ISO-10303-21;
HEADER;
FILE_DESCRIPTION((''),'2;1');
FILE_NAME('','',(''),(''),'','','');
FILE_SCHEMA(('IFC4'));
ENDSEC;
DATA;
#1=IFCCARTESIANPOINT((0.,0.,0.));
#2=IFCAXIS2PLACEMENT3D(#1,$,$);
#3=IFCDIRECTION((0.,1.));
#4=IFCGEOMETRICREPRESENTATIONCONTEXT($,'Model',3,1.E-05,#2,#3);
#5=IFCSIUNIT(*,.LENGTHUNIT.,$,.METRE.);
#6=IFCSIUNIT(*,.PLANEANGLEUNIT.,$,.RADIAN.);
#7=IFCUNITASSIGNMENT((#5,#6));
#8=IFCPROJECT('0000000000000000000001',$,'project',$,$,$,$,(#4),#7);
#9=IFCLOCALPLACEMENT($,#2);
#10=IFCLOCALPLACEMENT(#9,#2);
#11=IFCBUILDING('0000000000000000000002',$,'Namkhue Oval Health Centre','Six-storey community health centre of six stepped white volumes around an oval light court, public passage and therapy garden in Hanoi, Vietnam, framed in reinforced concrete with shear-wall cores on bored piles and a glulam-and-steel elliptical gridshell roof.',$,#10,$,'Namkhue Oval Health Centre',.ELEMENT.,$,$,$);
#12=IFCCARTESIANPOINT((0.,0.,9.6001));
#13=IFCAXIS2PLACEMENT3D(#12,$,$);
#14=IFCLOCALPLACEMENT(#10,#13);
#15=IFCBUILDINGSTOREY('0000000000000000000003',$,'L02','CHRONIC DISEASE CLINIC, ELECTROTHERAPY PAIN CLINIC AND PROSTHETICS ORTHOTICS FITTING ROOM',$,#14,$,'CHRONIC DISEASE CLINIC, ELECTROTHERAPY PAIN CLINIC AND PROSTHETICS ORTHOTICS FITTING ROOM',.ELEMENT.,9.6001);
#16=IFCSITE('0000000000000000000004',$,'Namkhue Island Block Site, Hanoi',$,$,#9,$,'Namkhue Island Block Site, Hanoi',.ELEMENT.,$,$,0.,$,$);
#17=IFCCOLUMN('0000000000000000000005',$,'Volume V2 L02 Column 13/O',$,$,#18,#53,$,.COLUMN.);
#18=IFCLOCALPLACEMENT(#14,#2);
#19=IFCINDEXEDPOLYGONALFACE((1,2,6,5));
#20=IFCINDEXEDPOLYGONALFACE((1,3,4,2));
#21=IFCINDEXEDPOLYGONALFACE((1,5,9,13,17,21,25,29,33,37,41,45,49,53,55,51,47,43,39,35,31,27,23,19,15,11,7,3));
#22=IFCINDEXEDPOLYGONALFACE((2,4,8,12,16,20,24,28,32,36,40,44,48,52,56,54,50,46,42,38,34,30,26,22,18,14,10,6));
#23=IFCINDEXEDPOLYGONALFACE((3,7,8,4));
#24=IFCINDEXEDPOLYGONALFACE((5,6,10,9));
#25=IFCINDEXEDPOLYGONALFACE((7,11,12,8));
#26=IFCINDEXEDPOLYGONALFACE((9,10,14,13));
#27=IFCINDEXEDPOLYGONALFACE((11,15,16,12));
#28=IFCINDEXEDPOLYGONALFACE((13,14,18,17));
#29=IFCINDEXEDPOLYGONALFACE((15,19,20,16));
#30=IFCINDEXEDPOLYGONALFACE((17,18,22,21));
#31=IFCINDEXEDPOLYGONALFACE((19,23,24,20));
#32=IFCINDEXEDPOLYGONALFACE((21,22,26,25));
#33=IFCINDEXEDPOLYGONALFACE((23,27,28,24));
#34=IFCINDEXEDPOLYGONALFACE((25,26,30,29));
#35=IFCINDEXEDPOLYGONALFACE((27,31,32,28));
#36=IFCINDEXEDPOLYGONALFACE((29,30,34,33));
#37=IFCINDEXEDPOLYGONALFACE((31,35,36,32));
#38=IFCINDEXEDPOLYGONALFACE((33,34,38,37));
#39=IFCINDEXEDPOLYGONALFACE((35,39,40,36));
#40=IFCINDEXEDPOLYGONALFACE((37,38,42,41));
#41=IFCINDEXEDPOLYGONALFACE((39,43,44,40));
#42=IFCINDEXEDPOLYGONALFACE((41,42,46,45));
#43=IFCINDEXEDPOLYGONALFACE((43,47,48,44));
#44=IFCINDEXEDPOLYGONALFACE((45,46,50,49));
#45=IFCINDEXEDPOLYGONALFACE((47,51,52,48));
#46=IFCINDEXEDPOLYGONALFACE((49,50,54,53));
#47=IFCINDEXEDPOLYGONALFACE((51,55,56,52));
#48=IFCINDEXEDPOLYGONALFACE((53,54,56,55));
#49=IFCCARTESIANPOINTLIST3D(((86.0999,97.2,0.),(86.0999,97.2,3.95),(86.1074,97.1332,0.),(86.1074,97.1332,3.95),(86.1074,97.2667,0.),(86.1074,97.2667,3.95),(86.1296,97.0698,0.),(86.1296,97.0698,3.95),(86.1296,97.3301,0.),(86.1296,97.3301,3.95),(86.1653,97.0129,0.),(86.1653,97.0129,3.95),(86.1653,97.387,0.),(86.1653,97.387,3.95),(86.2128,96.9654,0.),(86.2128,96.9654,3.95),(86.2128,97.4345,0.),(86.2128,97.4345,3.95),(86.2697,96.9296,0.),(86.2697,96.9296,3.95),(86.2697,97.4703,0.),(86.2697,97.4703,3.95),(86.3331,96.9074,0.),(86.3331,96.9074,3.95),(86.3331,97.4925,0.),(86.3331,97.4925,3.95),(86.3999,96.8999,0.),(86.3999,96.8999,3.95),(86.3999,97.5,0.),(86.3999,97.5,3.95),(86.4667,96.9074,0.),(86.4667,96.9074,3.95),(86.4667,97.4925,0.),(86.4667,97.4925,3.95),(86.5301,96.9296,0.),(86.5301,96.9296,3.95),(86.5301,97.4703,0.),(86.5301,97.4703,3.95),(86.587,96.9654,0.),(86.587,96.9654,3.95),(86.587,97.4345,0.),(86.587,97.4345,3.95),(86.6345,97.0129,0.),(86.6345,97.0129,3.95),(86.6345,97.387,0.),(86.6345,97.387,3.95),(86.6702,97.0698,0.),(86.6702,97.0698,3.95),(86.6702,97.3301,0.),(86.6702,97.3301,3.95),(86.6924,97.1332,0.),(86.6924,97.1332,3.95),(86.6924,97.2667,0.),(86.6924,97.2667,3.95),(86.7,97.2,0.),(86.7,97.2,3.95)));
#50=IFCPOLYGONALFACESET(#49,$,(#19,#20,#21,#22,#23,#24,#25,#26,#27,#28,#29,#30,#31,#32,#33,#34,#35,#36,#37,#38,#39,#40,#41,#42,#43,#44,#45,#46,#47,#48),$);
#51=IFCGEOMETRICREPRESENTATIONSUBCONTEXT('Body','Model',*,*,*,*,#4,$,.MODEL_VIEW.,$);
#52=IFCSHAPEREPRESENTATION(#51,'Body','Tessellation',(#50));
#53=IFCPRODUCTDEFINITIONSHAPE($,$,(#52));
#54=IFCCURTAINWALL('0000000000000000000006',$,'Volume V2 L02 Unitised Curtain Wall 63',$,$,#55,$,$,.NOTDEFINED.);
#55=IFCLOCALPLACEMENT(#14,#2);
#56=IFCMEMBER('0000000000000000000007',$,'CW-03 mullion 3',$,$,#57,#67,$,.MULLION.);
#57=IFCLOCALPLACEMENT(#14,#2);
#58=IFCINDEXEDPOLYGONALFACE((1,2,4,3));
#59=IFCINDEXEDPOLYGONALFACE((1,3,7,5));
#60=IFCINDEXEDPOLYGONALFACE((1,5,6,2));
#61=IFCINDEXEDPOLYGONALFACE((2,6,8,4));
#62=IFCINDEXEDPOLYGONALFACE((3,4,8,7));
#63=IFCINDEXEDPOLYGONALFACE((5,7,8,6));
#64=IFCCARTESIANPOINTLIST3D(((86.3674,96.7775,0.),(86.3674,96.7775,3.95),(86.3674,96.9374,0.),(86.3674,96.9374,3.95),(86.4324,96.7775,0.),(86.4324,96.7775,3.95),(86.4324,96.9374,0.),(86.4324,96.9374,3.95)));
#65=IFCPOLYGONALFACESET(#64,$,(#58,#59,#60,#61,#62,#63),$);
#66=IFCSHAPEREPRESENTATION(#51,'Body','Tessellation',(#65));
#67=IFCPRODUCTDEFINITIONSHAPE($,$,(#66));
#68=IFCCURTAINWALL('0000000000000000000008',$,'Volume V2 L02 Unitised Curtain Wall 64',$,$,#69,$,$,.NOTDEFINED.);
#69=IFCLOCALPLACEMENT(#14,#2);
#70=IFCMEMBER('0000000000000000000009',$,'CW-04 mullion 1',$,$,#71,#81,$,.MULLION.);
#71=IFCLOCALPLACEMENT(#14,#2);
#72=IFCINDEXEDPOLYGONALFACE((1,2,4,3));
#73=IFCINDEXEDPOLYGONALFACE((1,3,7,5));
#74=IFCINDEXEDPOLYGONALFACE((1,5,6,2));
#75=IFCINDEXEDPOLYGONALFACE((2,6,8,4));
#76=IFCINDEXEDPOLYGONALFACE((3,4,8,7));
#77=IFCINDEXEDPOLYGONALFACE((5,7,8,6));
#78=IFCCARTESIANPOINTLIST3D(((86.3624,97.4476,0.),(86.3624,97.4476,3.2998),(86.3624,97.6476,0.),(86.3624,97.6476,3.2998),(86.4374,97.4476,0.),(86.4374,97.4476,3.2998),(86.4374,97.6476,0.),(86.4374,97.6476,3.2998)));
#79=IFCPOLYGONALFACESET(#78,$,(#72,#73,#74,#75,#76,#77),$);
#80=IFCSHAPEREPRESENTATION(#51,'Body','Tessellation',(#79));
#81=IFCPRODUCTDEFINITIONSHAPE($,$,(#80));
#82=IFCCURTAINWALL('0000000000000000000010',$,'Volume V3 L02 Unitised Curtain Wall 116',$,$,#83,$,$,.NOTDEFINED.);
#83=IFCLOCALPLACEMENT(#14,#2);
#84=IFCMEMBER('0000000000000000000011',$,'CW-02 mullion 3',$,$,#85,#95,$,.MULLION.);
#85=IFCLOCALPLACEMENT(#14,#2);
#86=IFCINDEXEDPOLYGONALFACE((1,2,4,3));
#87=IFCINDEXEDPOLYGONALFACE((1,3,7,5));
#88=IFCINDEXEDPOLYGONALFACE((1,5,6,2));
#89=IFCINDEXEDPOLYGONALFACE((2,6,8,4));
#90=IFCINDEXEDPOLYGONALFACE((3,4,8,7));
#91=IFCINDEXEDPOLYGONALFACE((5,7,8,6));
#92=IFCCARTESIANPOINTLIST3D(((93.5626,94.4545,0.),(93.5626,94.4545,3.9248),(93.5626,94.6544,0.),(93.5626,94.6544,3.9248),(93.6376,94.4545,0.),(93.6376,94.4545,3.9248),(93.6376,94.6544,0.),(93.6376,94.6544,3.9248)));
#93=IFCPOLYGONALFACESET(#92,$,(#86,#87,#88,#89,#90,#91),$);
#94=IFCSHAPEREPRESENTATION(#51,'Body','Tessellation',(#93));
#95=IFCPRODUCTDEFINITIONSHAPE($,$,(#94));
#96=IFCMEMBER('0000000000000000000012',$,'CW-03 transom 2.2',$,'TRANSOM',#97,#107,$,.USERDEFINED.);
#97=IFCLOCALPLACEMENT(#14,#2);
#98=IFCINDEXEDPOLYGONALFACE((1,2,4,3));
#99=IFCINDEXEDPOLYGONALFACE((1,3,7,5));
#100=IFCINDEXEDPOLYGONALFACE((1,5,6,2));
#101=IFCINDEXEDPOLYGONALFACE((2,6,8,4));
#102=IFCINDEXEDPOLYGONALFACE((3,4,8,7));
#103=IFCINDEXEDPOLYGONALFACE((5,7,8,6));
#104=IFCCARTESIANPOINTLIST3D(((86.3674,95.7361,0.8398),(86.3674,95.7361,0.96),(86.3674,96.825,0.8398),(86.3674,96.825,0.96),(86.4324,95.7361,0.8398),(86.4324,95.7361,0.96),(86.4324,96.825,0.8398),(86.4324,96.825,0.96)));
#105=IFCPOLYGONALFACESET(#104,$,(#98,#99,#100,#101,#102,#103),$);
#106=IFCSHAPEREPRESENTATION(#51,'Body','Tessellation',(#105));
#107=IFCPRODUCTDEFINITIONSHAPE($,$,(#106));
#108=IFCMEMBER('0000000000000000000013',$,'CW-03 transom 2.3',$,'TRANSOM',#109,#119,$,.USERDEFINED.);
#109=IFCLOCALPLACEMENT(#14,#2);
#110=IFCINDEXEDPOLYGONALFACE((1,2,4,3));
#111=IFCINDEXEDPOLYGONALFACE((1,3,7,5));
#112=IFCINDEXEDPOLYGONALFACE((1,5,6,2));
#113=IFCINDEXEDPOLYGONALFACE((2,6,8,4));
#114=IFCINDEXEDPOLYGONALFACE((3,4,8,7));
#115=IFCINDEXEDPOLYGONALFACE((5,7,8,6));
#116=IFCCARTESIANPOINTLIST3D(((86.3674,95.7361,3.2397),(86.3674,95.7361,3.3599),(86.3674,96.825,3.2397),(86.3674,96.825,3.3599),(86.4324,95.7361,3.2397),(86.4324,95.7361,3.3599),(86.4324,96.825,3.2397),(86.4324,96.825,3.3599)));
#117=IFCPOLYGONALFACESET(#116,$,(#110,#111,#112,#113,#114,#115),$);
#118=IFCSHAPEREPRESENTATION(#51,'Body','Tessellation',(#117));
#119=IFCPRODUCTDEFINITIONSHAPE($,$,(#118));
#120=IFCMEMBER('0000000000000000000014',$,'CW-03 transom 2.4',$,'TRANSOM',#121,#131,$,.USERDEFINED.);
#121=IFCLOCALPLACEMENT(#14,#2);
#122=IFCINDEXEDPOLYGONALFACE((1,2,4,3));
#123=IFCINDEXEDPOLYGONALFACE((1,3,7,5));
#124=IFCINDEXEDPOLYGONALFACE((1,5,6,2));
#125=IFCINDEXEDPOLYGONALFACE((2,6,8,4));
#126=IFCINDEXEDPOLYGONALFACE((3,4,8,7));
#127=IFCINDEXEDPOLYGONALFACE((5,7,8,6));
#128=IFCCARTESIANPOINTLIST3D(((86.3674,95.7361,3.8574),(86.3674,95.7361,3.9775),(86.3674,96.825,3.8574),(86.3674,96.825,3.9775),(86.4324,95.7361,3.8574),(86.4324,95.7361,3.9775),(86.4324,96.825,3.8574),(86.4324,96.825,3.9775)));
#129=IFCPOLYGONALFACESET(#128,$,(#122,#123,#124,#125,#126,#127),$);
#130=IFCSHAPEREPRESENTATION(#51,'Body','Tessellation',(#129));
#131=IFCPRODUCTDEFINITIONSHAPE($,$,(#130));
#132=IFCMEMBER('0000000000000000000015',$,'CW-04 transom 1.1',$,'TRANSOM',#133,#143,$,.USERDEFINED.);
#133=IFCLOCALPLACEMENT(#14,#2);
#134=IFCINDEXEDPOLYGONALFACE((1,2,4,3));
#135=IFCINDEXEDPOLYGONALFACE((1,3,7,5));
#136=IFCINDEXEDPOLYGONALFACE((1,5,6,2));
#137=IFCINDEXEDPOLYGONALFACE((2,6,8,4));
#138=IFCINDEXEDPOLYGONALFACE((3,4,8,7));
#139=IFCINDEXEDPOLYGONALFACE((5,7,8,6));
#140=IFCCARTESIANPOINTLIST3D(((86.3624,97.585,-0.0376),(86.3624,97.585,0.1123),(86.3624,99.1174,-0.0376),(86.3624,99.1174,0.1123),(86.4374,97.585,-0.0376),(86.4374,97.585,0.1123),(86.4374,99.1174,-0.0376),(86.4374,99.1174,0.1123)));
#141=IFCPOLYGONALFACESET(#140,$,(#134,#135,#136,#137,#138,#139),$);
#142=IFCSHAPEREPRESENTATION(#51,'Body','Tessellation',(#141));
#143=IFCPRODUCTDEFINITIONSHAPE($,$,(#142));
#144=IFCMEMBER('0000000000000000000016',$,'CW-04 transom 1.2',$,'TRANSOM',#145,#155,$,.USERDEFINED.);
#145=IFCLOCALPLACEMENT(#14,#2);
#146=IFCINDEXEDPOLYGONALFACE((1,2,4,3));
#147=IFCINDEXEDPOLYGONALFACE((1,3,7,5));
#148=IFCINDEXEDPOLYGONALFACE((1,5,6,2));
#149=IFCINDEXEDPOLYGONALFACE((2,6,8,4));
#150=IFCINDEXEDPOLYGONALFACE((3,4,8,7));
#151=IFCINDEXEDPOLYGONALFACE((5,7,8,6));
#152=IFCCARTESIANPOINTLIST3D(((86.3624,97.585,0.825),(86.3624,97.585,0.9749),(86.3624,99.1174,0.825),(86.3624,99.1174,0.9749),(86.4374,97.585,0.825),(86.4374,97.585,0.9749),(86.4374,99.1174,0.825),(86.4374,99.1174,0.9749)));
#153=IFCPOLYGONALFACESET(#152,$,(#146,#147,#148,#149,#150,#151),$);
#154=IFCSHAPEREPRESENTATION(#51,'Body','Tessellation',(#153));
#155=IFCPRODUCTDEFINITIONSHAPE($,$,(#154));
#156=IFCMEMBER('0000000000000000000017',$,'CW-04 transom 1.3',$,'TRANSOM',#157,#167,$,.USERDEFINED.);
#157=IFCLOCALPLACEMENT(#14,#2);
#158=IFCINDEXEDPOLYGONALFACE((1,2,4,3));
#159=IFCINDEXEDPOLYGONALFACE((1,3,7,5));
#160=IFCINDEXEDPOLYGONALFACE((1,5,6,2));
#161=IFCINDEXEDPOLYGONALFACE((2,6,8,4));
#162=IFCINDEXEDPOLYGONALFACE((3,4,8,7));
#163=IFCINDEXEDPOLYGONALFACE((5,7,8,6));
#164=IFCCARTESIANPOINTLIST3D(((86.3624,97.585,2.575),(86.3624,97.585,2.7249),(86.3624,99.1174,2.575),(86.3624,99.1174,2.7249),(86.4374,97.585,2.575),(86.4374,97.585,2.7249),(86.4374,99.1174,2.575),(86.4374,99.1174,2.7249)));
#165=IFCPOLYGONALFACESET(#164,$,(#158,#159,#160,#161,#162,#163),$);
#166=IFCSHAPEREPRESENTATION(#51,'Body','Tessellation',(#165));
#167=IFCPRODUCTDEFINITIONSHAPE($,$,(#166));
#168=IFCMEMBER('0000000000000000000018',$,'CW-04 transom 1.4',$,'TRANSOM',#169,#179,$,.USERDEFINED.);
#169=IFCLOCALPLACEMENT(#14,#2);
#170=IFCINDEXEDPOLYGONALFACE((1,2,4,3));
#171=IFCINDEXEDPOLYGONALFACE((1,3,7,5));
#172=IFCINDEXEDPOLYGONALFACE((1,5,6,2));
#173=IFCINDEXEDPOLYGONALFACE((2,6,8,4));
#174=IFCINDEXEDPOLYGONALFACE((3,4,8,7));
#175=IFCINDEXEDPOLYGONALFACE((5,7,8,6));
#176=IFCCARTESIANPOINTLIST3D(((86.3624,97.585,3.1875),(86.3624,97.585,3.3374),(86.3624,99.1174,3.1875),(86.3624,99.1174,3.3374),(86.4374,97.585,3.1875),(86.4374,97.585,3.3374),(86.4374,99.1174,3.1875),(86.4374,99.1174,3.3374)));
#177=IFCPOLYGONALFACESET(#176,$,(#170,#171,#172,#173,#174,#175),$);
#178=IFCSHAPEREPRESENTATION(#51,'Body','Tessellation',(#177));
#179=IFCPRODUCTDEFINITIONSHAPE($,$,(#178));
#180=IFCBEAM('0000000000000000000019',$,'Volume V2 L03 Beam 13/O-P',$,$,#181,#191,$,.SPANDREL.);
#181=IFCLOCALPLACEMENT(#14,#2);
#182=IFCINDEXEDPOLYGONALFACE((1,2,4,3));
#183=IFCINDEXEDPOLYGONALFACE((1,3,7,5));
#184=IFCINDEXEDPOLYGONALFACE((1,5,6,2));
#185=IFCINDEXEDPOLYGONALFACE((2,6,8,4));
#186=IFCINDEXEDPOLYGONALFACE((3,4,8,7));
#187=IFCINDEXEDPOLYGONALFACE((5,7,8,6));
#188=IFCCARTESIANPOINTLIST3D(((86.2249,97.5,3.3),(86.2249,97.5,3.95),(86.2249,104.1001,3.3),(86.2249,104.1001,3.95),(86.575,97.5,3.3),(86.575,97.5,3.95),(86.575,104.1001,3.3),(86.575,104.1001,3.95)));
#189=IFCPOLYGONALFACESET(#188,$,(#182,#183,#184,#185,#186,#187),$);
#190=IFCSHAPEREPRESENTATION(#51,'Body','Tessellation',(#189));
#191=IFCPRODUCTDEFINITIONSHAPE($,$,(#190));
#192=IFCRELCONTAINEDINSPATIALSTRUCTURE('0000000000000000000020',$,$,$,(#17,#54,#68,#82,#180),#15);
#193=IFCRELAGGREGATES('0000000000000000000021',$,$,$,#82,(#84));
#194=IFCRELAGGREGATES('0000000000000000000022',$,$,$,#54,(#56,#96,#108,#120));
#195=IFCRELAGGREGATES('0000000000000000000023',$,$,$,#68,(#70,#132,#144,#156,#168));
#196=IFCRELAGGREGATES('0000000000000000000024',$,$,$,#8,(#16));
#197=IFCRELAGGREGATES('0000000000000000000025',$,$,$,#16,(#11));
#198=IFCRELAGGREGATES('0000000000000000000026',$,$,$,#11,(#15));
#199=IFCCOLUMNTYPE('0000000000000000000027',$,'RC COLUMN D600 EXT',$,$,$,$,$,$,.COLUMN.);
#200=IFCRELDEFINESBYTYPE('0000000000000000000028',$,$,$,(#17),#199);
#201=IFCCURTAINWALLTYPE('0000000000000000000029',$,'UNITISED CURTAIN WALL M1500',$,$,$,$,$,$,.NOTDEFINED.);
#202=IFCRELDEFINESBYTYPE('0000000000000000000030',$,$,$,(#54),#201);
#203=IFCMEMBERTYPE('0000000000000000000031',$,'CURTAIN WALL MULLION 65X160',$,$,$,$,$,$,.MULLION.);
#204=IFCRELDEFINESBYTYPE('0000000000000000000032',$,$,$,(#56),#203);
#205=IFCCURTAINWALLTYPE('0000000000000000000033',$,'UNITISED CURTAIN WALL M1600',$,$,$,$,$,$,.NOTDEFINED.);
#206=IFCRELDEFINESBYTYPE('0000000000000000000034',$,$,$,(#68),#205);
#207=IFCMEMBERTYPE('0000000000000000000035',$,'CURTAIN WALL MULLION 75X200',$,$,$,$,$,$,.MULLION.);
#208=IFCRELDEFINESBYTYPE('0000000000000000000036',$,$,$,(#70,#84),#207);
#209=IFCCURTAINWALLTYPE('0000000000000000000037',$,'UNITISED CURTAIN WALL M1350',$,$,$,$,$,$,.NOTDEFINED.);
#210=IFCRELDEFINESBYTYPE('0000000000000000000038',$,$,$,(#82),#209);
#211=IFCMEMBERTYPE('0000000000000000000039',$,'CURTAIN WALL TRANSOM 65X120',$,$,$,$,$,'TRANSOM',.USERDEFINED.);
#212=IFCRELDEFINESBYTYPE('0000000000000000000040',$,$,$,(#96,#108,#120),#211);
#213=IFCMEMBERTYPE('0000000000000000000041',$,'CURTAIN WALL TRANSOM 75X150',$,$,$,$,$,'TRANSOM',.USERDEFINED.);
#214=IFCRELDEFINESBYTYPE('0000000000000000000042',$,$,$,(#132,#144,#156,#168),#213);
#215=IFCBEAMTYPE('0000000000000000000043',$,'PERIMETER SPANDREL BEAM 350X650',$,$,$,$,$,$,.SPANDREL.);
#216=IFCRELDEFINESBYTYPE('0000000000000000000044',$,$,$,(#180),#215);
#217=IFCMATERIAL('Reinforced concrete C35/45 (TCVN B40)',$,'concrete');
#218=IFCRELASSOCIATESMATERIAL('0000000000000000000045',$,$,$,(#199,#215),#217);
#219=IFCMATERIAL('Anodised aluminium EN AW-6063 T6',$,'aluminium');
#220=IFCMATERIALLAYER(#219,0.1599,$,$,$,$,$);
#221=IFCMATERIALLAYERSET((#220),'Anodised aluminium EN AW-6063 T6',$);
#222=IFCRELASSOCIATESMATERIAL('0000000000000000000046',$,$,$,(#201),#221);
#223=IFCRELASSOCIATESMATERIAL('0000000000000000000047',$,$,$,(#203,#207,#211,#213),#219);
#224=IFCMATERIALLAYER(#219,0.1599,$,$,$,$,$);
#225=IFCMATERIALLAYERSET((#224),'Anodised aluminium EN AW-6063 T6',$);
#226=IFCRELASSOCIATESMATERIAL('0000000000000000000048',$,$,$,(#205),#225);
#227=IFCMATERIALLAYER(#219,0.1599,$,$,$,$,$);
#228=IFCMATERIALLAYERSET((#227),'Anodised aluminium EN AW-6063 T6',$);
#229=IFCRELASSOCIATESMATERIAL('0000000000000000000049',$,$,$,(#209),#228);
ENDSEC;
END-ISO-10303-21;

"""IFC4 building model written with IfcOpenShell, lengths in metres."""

from ifc_helpers import new_model, si_unit, direction, frame, origin, origin_2d, place, context, subcontext, project, spatial, rectangle, circle, extrude, material, layer, layer_set, material_profile, profile_set, type_object, element, aggregate, save


model = new_model("IFC4")

# Units and contexts
model_context = context("Model", 3, precision=1e-05, world=origin(), true_north=direction((0.0, 1.0)))
body_context = subcontext(model_context, "Body", "Model", "MODEL_VIEW")
ifc_project = project(units=[si_unit("LENGTHUNIT", "METRE"), si_unit("PLANEANGLEUNIT", "RADIAN")], contexts=[model_context])

# Site, building, storey
site_placement = place(None, origin())
site = spatial("IfcSite", under=ifc_project, at=site_placement, Name="Namkhue Island Block Site, Hanoi", LongName="Namkhue Island Block Site, Hanoi", CompositionType="ELEMENT", RefElevation=0.0)
building_placement = place(site_placement, origin())
building = spatial("IfcBuilding", under=site, at=building_placement, Name="Namkhue Oval Health Centre", Description="Six-storey community health centre of six stepped white volumes around an oval light court, public passage and therapy garden in Hanoi, Vietnam, framed in reinforced concrete with shear-wall cores on bored piles and a glulam-and-steel elliptical gridshell roof.", LongName="Namkhue Oval Health Centre", CompositionType="ELEMENT")
storey_placement = place(building_placement, frame((0.0, 0.0, 9.6001)))
storey = spatial("IfcBuildingStorey", under=building, at=storey_placement, Name="L02", Description="CHRONIC DISEASE CLINIC, ELECTROTHERAPY PAIN CLINIC AND PROSTHETICS ORTHOTICS FITTING ROOM", LongName="CHRONIC DISEASE CLINIC, ELECTROTHERAPY PAIN CLINIC AND PROSTHETICS ORTHOTICS FITTING ROOM", CompositionType="ELEMENT", Elevation=9.6001)

# Column
ifc_material_1 = material(Name="Reinforced concrete C35/45 (TCVN B40)", Category="concrete")
ifc_material_profile_1 = material_profile(ifc_material_1, circle(Radius=0.3, at=origin_2d()), Name="RC D600")
ifc_profile_set_1 = profile_set([ifc_material_profile_1], Name="Reinforced concrete C35/45 (TCVN B40)")
column_type = type_object("IfcColumnType", Name="RC COLUMN D600 EXT", PredefinedType="COLUMN", material=ifc_profile_set_1)
column_placement = place(storey_placement, frame((86.3999, 97.2, 0.0), z_axis=(0.0, 0.0, 1.0), x_axis=(1.0, 0.0, 0.0)))
element("IfcColumn", 1, at=column_placement, inside=storey, type_object=column_type, Name="Volume V2 L02 Column 13/O", PredefinedType="COLUMN", context=body_context, shape_type="SweptSolid", body=[
    extrude(circle(Radius=0.3, at=origin_2d()), origin(), (0.0, 0.0, 1.0), 3.95),
])

# Curtain walls, members
ifc_material_2 = material(Name="Anodised aluminium EN AW-6063 T6", Category="aluminium")
ifc_layer_1 = layer(ifc_material_2, 0.1599)
ifc_layer_set_1 = layer_set([ifc_layer_1], Name="Anodised aluminium EN AW-6063 T6")
curtain_wall_type_1 = type_object("IfcCurtainWallType", Name="UNITISED CURTAIN WALL M1500", PredefinedType="NOTDEFINED", material=ifc_layer_set_1)
curtain_wall_1_placement = place(storey_placement, origin())
curtain_wall_1 = element("IfcCurtainWall", 2, at=curtain_wall_1_placement, inside=storey, type_object=curtain_wall_type_1, Name="Volume V2 L02 Unitised Curtain Wall 63", PredefinedType="NOTDEFINED")
ifc_material_profile_2 = material_profile(ifc_material_2, rectangle(XDim=0.0649, YDim=0.1599, at=origin_2d()), Name="ALU 65x160")
ifc_profile_set_2 = profile_set([ifc_material_profile_2], Name="Anodised aluminium EN AW-6063 T6")
member_type_1 = type_object("IfcMemberType", Name="CURTAIN WALL MULLION 65X160", PredefinedType="MULLION", material=ifc_profile_set_2)
member_1_placement = place(storey_placement, frame((86.3999, 96.8574, 0.0), z_axis=(0.0, 0.0, 1.0), x_axis=(-1.0, 0.0, 0.0)))
member_1 = element("IfcMember", 3, at=member_1_placement, type_object=member_type_1, Name="CW-03 mullion 3", PredefinedType="MULLION", context=body_context, shape_type="SweptSolid", body=[
    extrude(rectangle(XDim=0.0649, YDim=0.1599, at=origin_2d()), origin(), (0.0, 0.0, 1.0), 3.95),
])
ifc_layer_2 = layer(ifc_material_2, 0.1599)
ifc_layer_set_2 = layer_set([ifc_layer_2], Name="Anodised aluminium EN AW-6063 T6")
curtain_wall_type_2 = type_object("IfcCurtainWallType", Name="UNITISED CURTAIN WALL M1600", PredefinedType="NOTDEFINED", material=ifc_layer_set_2)
curtain_wall_2_placement = place(storey_placement, origin())
curtain_wall_2 = element("IfcCurtainWall", 4, at=curtain_wall_2_placement, inside=storey, type_object=curtain_wall_type_2, Name="Volume V2 L02 Unitised Curtain Wall 64", PredefinedType="NOTDEFINED")
ifc_material_profile_3 = material_profile(ifc_material_2, rectangle(XDim=0.075, YDim=0.2, at=origin_2d()), Name="ALU 75x200")
ifc_profile_set_3 = profile_set([ifc_material_profile_3], Name="Anodised aluminium EN AW-6063 T6")
member_type_2 = type_object("IfcMemberType", Name="CURTAIN WALL MULLION 75X200", PredefinedType="MULLION", material=ifc_profile_set_3)
member_2_placement = place(storey_placement, frame((86.3999, 97.5476, 0.0), z_axis=(0.0, 0.0, 1.0), x_axis=(-1.0, 0.0, 0.0)))
member_2 = element("IfcMember", 5, at=member_2_placement, type_object=member_type_2, Name="CW-04 mullion 1", PredefinedType="MULLION", context=body_context, shape_type="SweptSolid", body=[
    extrude(rectangle(XDim=0.075, YDim=0.2, at=origin_2d()), origin(), (0.0, 0.0, 1.0), 3.2998),
])
ifc_layer_3 = layer(ifc_material_2, 0.1599)
ifc_layer_set_3 = layer_set([ifc_layer_3], Name="Anodised aluminium EN AW-6063 T6")
curtain_wall_type_3 = type_object("IfcCurtainWallType", Name="UNITISED CURTAIN WALL M1350", PredefinedType="NOTDEFINED", material=ifc_layer_set_3)
curtain_wall_3_placement = place(storey_placement, origin())
curtain_wall_3 = element("IfcCurtainWall", 6, at=curtain_wall_3_placement, inside=storey, type_object=curtain_wall_type_3, Name="Volume V3 L02 Unitised Curtain Wall 116", PredefinedType="NOTDEFINED")
member_3_placement = place(storey_placement, frame((93.6001, 94.5544, 0.0), z_axis=(0.0, 0.0, 1.0), x_axis=(1.0, 0.0, 0.0)))
member_3 = element("IfcMember", 7, at=member_3_placement, type_object=member_type_2, Name="CW-02 mullion 3", PredefinedType="MULLION", context=body_context, shape_type="SweptSolid", body=[
    extrude(rectangle(XDim=0.075, YDim=0.2, at=origin_2d()), origin(), (0.0, 0.0, 1.0), 3.9248),
])
aggregate(curtain_wall_3, [member_3])

# Members
ifc_material_profile_4 = material_profile(ifc_material_2, rectangle(XDim=0.0649, YDim=0.1201, at=origin_2d()), Name="ALU 65x120")
ifc_profile_set_4 = profile_set([ifc_material_profile_4], Name="Anodised aluminium EN AW-6063 T6")
member_type_3 = type_object("IfcMemberType", Name="CURTAIN WALL TRANSOM 65X120", ElementType="TRANSOM", PredefinedType="USERDEFINED", material=ifc_profile_set_4)
member_4_placement = place(storey_placement, frame((86.3999, 95.7361, 0.8999), z_axis=(0.0, 1.0, 0.0), x_axis=(-1.0, 0.0, 0.0)))
member_4 = element("IfcMember", 8, at=member_4_placement, type_object=member_type_3, Name="CW-03 transom 2.2", ObjectType="TRANSOM", PredefinedType="USERDEFINED", context=body_context, shape_type="SweptSolid", body=[
    extrude(rectangle(XDim=0.0649, YDim=0.1201, at=origin_2d()), origin(), (0.0, 0.0, 1.0), 1.0889),
])
member_5_placement = place(storey_placement, frame((86.3999, 95.7361, 3.2998), z_axis=(0.0, 1.0, 0.0), x_axis=(-1.0, 0.0, 0.0)))
member_5 = element("IfcMember", 9, at=member_5_placement, type_object=member_type_3, Name="CW-03 transom 2.3", ObjectType="TRANSOM", PredefinedType="USERDEFINED", context=body_context, shape_type="SweptSolid", body=[
    extrude(rectangle(XDim=0.0649, YDim=0.1201, at=origin_2d()), origin(), (0.0, 0.0, 1.0), 1.0889),
])
member_6_placement = place(storey_placement, frame((86.3999, 95.7361, 3.9175), z_axis=(0.0, 1.0, 0.0), x_axis=(-1.0, 0.0, 0.0)))
member_6 = element("IfcMember", 10, at=member_6_placement, type_object=member_type_3, Name="CW-03 transom 2.4", ObjectType="TRANSOM", PredefinedType="USERDEFINED", context=body_context, shape_type="SweptSolid", body=[
    extrude(rectangle(XDim=0.0649, YDim=0.1201, at=origin_2d()), origin(), (0.0, 0.0, 1.0), 1.0889),
])
ifc_material_profile_5 = material_profile(ifc_material_2, rectangle(XDim=0.075, YDim=0.1499, at=origin_2d()), Name="ALU 75x150")
ifc_profile_set_5 = profile_set([ifc_material_profile_5], Name="Anodised aluminium EN AW-6063 T6")
member_type_4 = type_object("IfcMemberType", Name="CURTAIN WALL TRANSOM 75X150", ElementType="TRANSOM", PredefinedType="USERDEFINED", material=ifc_profile_set_5)
member_7_placement = place(storey_placement, frame((86.3999, 97.585, 0.0374), z_axis=(0.0, 1.0, 0.0), x_axis=(-1.0, 0.0, 0.0)))
member_7 = element("IfcMember", 11, at=member_7_placement, type_object=member_type_4, Name="CW-04 transom 1.1", ObjectType="TRANSOM", PredefinedType="USERDEFINED", context=body_context, shape_type="SweptSolid", body=[
    extrude(rectangle(XDim=0.075, YDim=0.1499, at=origin_2d()), origin(), (0.0, 0.0, 1.0), 1.5325),
])
member_8_placement = place(storey_placement, frame((86.3999, 97.585, 0.8999), z_axis=(0.0, 1.0, 0.0), x_axis=(-1.0, 0.0, 0.0)))
member_8 = element("IfcMember", 12, at=member_8_placement, type_object=member_type_4, Name="CW-04 transom 1.2", ObjectType="TRANSOM", PredefinedType="USERDEFINED", context=body_context, shape_type="SweptSolid", body=[
    extrude(rectangle(XDim=0.075, YDim=0.1499, at=origin_2d()), origin(), (0.0, 0.0, 1.0), 1.5325),
])
member_9_placement = place(storey_placement, frame((86.3999, 97.585, 2.6499), z_axis=(0.0, 1.0, 0.0), x_axis=(-1.0, 0.0, 0.0)))
member_9 = element("IfcMember", 13, at=member_9_placement, type_object=member_type_4, Name="CW-04 transom 1.3", ObjectType="TRANSOM", PredefinedType="USERDEFINED", context=body_context, shape_type="SweptSolid", body=[
    extrude(rectangle(XDim=0.075, YDim=0.1499, at=origin_2d()), origin(), (0.0, 0.0, 1.0), 1.5325),
])
member_10_placement = place(storey_placement, frame((86.3999, 97.585, 3.2625), z_axis=(0.0, 1.0, 0.0), x_axis=(-1.0, 0.0, 0.0)))
member_10 = element("IfcMember", 14, at=member_10_placement, type_object=member_type_4, Name="CW-04 transom 1.4", ObjectType="TRANSOM", PredefinedType="USERDEFINED", context=body_context, shape_type="SweptSolid", body=[
    extrude(rectangle(XDim=0.075, YDim=0.1499, at=origin_2d()), origin(), (0.0, 0.0, 1.0), 1.5325),
])

# Beam
ifc_material_profile_6 = material_profile(ifc_material_1, rectangle(XDim=0.3501, YDim=0.6499, at=origin_2d()), Name="RC 350x650")
ifc_profile_set_6 = profile_set([ifc_material_profile_6], Name="Reinforced concrete C35/45 (TCVN B40)")
beam_type = type_object("IfcBeamType", Name="PERIMETER SPANDREL BEAM 350X650", PredefinedType="SPANDREL", material=ifc_profile_set_6)
beam_placement = place(storey_placement, frame((86.3999, 97.5, 3.625), z_axis=(0.0, 1.0, 0.0), x_axis=(-1.0, 0.0, 0.0)))
element("IfcBeam", 15, at=beam_placement, inside=storey, type_object=beam_type, Name="Volume V2 L03 Beam 13/O-P", PredefinedType="SPANDREL", context=body_context, shape_type="SweptSolid", body=[
    extrude(rectangle(XDim=0.3501, YDim=0.6499, at=origin_2d()), origin(), (0.0, 0.0, 1.0), 6.6001),
])

aggregate(curtain_wall_1, [member_1, member_4, member_5, member_6])
aggregate(curtain_wall_2, [member_2, member_7, member_8, member_9, member_10])

save(model, "model.ifc")
